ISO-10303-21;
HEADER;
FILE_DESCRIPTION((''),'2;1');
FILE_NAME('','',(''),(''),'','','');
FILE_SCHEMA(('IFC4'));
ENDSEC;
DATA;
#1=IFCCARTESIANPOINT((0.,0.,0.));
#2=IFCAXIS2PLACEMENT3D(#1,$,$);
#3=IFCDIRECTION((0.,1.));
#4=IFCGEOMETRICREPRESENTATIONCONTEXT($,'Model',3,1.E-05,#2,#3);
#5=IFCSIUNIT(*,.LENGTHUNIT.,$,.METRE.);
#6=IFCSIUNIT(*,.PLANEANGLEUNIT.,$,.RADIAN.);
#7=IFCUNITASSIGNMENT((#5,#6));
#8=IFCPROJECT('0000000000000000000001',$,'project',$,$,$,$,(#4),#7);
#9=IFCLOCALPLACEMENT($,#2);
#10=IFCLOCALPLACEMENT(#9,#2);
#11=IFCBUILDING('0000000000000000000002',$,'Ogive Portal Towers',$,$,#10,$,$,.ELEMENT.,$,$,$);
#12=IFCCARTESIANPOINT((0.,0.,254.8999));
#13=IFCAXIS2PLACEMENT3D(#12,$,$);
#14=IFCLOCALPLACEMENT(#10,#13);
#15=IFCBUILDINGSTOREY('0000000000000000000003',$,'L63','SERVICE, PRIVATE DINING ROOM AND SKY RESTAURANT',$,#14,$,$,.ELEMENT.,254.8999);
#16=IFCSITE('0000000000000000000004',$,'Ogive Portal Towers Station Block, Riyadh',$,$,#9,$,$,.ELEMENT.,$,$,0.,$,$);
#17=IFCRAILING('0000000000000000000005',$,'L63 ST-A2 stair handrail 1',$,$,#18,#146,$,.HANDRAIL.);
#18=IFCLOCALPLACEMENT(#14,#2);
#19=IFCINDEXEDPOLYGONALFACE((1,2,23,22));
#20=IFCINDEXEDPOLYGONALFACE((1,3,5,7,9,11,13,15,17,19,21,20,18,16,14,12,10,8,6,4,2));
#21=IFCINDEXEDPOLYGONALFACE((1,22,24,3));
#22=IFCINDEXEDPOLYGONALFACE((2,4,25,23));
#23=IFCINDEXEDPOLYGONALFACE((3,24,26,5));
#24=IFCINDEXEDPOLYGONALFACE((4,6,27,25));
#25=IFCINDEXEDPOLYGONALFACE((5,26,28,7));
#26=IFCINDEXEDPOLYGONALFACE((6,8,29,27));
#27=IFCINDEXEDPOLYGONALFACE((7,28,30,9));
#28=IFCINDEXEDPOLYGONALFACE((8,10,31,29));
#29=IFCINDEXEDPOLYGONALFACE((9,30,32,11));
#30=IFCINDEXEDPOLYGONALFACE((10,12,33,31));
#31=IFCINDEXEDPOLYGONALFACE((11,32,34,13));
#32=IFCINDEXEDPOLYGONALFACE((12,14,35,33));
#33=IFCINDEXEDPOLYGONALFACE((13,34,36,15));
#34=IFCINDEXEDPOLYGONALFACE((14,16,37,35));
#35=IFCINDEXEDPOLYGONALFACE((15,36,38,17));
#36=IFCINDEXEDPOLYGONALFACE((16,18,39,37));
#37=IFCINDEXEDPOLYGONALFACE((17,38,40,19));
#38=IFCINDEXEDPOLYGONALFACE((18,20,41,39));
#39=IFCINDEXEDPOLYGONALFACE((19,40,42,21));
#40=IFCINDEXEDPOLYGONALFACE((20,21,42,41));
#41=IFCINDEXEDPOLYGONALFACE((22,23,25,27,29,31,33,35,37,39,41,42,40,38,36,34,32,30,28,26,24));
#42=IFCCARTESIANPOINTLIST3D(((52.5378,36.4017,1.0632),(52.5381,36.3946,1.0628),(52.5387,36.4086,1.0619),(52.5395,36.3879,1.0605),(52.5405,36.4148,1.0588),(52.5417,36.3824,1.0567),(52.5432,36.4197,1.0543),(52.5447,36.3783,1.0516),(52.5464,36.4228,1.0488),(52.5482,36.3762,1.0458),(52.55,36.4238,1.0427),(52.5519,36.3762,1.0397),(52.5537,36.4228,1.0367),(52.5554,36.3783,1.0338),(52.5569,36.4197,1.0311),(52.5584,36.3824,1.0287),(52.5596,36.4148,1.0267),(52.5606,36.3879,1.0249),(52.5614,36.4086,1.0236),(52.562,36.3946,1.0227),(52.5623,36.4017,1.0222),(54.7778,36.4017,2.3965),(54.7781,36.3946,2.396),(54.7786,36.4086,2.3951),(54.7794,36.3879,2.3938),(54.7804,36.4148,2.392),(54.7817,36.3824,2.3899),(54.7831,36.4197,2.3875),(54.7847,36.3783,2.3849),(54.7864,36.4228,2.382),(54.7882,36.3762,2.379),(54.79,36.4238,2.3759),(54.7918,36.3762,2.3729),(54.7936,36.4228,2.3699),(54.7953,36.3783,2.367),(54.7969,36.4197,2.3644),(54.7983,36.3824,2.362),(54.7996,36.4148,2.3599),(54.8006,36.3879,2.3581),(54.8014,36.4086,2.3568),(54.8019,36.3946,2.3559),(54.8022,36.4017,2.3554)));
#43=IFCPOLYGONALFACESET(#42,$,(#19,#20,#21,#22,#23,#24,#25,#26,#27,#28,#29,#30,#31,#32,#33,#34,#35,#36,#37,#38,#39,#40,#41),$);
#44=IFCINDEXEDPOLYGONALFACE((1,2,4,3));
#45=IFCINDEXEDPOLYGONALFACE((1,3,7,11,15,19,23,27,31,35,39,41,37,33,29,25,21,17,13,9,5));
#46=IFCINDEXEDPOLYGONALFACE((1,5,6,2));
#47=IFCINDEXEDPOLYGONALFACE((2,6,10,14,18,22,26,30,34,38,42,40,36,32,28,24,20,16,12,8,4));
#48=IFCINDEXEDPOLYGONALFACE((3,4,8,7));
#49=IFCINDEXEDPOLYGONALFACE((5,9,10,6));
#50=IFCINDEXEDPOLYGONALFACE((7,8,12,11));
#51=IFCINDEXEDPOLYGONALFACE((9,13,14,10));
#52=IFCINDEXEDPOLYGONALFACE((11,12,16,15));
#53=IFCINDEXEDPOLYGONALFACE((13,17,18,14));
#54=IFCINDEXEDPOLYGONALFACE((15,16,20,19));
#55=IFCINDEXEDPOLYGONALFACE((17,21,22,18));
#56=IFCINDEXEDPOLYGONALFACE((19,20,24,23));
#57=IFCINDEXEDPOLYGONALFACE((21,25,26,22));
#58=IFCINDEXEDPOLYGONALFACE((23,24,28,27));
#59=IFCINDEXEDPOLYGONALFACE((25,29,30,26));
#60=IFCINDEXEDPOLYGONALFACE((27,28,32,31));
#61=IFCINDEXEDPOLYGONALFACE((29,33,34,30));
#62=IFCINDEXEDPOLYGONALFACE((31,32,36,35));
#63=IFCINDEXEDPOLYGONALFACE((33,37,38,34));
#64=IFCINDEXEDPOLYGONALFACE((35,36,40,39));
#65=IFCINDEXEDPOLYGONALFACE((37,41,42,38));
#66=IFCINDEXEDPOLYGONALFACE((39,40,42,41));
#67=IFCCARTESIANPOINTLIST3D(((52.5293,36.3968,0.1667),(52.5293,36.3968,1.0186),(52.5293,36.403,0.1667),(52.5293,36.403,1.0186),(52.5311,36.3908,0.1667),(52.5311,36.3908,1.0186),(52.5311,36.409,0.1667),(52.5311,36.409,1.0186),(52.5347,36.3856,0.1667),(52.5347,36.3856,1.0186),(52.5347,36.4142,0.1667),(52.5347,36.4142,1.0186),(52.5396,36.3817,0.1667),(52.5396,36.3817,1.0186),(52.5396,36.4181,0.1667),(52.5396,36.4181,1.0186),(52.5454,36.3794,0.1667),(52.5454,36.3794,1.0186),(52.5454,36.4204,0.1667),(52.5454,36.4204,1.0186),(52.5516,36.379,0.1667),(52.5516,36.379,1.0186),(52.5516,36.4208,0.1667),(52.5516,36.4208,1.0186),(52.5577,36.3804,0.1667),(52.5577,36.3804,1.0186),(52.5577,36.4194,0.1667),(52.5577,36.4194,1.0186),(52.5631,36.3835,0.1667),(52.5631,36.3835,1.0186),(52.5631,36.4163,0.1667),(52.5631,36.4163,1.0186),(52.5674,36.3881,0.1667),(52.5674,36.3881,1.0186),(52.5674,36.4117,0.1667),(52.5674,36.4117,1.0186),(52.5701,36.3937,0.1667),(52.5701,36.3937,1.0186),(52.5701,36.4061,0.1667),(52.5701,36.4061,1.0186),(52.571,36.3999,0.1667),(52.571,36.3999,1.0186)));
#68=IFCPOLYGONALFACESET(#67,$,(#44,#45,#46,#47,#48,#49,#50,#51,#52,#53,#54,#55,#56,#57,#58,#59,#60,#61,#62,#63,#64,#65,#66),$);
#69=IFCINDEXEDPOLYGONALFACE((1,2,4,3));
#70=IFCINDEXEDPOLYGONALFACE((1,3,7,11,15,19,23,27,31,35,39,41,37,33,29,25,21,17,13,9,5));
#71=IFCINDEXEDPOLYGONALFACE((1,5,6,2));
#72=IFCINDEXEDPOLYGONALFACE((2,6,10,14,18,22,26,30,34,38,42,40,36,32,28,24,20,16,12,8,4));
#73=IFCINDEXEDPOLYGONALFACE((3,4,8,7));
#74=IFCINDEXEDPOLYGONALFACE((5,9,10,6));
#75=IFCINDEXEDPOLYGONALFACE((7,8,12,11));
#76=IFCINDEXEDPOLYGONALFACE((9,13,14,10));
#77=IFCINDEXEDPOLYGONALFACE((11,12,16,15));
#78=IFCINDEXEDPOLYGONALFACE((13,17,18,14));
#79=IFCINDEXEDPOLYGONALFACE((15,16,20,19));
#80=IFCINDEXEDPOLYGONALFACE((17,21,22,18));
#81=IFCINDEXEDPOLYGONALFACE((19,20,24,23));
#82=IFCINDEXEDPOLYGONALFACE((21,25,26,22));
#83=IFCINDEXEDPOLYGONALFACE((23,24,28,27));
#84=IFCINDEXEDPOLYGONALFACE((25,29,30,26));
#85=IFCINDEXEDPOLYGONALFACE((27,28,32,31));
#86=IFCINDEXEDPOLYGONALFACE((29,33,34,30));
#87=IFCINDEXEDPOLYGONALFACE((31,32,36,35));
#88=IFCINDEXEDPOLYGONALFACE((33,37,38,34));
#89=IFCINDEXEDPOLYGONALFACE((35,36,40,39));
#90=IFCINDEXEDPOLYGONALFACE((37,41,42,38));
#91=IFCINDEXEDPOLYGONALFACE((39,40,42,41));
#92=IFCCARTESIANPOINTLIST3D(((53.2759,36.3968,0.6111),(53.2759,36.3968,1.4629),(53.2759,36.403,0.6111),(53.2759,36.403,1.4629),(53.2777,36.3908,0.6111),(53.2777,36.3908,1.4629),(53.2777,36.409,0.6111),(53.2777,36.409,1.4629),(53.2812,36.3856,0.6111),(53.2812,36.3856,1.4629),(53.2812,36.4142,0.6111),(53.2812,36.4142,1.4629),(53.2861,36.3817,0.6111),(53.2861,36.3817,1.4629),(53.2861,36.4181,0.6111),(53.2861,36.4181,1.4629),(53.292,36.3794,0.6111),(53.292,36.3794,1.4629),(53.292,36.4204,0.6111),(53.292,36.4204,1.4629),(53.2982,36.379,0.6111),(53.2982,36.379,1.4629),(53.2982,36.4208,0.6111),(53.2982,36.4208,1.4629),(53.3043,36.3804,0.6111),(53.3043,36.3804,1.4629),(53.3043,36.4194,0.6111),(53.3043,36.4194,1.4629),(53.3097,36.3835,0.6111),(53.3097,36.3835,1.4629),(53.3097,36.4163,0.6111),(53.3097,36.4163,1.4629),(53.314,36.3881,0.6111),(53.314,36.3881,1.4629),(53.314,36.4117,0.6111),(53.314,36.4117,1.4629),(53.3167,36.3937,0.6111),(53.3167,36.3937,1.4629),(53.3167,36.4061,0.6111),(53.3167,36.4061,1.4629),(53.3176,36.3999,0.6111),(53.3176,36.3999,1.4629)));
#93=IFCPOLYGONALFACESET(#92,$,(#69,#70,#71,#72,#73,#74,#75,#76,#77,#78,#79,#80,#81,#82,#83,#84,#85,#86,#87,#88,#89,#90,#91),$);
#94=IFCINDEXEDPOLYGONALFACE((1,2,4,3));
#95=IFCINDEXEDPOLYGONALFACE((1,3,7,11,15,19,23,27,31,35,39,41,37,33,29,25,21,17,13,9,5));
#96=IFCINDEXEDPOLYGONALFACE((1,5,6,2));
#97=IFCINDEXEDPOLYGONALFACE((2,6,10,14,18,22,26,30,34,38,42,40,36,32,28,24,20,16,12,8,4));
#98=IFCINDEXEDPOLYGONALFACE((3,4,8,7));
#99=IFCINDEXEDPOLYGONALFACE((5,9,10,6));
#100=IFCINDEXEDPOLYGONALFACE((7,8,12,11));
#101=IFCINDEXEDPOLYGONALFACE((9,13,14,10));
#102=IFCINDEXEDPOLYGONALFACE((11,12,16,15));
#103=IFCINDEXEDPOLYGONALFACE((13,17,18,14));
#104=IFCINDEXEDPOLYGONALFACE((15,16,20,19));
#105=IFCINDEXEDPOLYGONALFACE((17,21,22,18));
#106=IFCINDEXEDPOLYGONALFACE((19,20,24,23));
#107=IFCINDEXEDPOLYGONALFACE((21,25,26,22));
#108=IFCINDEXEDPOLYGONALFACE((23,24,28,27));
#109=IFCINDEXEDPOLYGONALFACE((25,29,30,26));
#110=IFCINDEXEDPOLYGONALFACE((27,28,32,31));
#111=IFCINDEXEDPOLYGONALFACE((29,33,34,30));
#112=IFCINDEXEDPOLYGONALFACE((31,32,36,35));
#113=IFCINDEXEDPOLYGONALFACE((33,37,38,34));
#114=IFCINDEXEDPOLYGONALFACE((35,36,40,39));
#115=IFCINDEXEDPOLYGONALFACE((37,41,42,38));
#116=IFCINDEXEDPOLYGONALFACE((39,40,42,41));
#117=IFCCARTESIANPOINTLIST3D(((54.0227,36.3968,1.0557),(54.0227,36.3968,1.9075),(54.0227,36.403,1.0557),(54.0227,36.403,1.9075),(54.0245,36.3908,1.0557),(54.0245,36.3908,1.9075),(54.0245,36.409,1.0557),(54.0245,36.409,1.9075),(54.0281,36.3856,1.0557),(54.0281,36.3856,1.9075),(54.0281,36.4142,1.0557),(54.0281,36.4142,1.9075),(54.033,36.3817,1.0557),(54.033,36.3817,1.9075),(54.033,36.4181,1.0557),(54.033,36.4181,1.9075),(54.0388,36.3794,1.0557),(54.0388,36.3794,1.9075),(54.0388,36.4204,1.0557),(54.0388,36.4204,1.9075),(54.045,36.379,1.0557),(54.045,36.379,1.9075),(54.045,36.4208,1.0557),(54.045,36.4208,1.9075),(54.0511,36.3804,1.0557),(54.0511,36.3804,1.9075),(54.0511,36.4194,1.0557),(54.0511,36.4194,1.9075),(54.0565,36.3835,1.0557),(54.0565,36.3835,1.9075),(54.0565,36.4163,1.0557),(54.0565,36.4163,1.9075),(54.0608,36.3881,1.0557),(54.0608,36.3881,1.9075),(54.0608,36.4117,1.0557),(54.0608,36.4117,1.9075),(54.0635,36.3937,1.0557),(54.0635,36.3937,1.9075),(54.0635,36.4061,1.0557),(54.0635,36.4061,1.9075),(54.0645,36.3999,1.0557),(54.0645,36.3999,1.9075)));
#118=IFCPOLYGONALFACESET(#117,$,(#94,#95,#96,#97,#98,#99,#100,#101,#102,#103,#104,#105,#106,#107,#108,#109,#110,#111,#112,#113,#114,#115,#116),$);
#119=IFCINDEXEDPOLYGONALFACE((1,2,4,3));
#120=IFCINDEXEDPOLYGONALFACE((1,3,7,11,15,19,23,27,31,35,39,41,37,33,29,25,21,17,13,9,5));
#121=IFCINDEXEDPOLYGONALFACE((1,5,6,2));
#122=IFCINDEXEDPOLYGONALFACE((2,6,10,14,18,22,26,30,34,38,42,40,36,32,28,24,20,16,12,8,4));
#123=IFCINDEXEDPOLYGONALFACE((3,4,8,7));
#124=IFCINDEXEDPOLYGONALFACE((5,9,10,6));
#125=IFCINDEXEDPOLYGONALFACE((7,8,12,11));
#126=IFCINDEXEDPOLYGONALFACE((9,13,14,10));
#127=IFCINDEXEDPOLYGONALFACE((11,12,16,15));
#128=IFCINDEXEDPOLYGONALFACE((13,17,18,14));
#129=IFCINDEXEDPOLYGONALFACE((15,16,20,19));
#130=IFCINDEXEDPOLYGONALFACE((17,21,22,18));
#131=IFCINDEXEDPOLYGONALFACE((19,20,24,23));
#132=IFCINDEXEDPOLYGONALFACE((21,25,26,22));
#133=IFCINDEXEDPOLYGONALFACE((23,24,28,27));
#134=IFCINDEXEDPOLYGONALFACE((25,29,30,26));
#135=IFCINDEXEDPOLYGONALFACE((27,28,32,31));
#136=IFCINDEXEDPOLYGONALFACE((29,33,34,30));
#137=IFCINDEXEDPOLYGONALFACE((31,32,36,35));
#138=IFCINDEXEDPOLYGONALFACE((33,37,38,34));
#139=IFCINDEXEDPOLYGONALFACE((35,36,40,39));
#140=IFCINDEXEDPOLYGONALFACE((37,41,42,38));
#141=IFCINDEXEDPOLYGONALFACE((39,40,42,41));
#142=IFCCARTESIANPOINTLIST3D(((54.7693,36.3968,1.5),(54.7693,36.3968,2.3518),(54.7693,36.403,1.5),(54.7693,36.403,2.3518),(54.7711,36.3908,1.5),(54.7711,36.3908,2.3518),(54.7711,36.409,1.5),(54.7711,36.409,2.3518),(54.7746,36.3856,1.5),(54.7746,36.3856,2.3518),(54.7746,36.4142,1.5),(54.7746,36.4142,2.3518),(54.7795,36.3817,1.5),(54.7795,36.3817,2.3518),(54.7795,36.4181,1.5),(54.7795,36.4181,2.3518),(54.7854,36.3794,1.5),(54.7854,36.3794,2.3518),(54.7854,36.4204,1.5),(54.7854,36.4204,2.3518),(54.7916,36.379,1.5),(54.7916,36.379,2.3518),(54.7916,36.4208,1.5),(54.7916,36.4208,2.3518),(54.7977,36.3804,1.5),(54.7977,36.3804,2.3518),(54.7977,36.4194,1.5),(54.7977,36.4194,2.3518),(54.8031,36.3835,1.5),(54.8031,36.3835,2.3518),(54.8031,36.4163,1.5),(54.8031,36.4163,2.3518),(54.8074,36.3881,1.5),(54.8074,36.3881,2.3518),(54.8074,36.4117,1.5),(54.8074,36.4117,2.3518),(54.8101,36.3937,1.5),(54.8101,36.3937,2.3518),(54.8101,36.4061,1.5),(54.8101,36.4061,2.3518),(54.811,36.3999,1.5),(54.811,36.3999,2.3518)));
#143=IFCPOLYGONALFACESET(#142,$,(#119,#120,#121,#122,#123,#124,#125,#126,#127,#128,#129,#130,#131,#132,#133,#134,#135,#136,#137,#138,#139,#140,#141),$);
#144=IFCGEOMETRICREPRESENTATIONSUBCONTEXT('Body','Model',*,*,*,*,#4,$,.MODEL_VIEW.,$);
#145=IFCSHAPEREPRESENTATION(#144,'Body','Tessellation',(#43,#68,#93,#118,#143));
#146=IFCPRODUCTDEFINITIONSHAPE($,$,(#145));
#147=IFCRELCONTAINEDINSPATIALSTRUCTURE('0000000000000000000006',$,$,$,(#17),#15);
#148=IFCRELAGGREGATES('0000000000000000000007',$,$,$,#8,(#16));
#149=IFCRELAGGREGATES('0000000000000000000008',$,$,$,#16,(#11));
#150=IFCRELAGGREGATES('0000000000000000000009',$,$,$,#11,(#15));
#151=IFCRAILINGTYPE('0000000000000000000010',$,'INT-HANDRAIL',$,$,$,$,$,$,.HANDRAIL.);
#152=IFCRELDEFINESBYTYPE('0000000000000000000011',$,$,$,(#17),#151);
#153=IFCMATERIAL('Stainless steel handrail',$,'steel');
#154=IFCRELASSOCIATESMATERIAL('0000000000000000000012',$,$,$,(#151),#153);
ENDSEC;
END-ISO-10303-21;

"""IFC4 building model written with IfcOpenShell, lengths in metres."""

from ifc_helpers import new_model, si_unit, direction, frame, origin, origin_2d, place, context, subcontext, project, spatial, circle, extrude, material, type_object, element, save


model = new_model("IFC4")

# Units and contexts
model_context = context("Model", 3, precision=1e-05, world=origin(), true_north=direction((0.0, 1.0)))
body_context = subcontext(model_context, "Body", "Model", "MODEL_VIEW")
ifc_project = project(units=[si_unit("LENGTHUNIT", "METRE"), si_unit("PLANEANGLEUNIT", "RADIAN")], contexts=[model_context])

# Site, building, storey
site_placement = place(None, origin())
site = spatial("IfcSite", under=ifc_project, at=site_placement, Name="Ogive Portal Towers Station Block, Riyadh", CompositionType="ELEMENT", RefElevation=0.0)
building_placement = place(site_placement, origin())
building = spatial("IfcBuilding", under=site, at=building_placement, Name="Ogive Portal Towers", CompositionType="ELEMENT")
storey_placement = place(building_placement, frame((0.0, 0.0, 254.8999)))
storey = spatial("IfcBuildingStorey", under=building, at=storey_placement, Name="L63", Description="SERVICE, PRIVATE DINING ROOM AND SKY RESTAURANT", CompositionType="ELEMENT", Elevation=254.8999)

# Railing
ifc_material_1 = material(Name="Stainless steel handrail", Category="steel")
railing_type_1 = type_object("IfcRailingType", Name="INT-HANDRAIL", PredefinedType="HANDRAIL", material=ifc_material_1)
railing_1_placement = place(storey_placement, frame((52.55, 36.3999, 0.1667)))
element("IfcRailing", 1, at=railing_1_placement, inside=storey, type_object=railing_type_1, Name="L63 ST-A2 stair handrail 1", PredefinedType="HANDRAIL", context=body_context, shape_type="SweptSolid", body=[
    extrude(circle(Radius=0.0239, at=origin_2d()), frame((0.0, 0.0, 0.876), z_axis=(0.859306, 0.0, 0.511462), x_axis=(0.0, 1.0, 0.0)), (0.0, 0.0, 1.0), 2.6067),
    extrude(circle(Radius=0.021, at=origin_2d()), origin(), (0.0, 0.0, 1.0), 0.8518),
    extrude(circle(Radius=0.021, at=origin_2d()), frame((0.7466, 0.0, 0.4443)), (0.0, 0.0, 1.0), 0.8518),
    extrude(circle(Radius=0.021, at=origin_2d()), frame((1.4934, 0.0, 0.8889)), (0.0, 0.0, 1.0), 0.8518),
    extrude(circle(Radius=0.021, at=origin_2d()), frame((2.24, 0.0, 1.3333)), (0.0, 0.0, 1.0), 0.8518),
])

save(model, "model.ifc")
